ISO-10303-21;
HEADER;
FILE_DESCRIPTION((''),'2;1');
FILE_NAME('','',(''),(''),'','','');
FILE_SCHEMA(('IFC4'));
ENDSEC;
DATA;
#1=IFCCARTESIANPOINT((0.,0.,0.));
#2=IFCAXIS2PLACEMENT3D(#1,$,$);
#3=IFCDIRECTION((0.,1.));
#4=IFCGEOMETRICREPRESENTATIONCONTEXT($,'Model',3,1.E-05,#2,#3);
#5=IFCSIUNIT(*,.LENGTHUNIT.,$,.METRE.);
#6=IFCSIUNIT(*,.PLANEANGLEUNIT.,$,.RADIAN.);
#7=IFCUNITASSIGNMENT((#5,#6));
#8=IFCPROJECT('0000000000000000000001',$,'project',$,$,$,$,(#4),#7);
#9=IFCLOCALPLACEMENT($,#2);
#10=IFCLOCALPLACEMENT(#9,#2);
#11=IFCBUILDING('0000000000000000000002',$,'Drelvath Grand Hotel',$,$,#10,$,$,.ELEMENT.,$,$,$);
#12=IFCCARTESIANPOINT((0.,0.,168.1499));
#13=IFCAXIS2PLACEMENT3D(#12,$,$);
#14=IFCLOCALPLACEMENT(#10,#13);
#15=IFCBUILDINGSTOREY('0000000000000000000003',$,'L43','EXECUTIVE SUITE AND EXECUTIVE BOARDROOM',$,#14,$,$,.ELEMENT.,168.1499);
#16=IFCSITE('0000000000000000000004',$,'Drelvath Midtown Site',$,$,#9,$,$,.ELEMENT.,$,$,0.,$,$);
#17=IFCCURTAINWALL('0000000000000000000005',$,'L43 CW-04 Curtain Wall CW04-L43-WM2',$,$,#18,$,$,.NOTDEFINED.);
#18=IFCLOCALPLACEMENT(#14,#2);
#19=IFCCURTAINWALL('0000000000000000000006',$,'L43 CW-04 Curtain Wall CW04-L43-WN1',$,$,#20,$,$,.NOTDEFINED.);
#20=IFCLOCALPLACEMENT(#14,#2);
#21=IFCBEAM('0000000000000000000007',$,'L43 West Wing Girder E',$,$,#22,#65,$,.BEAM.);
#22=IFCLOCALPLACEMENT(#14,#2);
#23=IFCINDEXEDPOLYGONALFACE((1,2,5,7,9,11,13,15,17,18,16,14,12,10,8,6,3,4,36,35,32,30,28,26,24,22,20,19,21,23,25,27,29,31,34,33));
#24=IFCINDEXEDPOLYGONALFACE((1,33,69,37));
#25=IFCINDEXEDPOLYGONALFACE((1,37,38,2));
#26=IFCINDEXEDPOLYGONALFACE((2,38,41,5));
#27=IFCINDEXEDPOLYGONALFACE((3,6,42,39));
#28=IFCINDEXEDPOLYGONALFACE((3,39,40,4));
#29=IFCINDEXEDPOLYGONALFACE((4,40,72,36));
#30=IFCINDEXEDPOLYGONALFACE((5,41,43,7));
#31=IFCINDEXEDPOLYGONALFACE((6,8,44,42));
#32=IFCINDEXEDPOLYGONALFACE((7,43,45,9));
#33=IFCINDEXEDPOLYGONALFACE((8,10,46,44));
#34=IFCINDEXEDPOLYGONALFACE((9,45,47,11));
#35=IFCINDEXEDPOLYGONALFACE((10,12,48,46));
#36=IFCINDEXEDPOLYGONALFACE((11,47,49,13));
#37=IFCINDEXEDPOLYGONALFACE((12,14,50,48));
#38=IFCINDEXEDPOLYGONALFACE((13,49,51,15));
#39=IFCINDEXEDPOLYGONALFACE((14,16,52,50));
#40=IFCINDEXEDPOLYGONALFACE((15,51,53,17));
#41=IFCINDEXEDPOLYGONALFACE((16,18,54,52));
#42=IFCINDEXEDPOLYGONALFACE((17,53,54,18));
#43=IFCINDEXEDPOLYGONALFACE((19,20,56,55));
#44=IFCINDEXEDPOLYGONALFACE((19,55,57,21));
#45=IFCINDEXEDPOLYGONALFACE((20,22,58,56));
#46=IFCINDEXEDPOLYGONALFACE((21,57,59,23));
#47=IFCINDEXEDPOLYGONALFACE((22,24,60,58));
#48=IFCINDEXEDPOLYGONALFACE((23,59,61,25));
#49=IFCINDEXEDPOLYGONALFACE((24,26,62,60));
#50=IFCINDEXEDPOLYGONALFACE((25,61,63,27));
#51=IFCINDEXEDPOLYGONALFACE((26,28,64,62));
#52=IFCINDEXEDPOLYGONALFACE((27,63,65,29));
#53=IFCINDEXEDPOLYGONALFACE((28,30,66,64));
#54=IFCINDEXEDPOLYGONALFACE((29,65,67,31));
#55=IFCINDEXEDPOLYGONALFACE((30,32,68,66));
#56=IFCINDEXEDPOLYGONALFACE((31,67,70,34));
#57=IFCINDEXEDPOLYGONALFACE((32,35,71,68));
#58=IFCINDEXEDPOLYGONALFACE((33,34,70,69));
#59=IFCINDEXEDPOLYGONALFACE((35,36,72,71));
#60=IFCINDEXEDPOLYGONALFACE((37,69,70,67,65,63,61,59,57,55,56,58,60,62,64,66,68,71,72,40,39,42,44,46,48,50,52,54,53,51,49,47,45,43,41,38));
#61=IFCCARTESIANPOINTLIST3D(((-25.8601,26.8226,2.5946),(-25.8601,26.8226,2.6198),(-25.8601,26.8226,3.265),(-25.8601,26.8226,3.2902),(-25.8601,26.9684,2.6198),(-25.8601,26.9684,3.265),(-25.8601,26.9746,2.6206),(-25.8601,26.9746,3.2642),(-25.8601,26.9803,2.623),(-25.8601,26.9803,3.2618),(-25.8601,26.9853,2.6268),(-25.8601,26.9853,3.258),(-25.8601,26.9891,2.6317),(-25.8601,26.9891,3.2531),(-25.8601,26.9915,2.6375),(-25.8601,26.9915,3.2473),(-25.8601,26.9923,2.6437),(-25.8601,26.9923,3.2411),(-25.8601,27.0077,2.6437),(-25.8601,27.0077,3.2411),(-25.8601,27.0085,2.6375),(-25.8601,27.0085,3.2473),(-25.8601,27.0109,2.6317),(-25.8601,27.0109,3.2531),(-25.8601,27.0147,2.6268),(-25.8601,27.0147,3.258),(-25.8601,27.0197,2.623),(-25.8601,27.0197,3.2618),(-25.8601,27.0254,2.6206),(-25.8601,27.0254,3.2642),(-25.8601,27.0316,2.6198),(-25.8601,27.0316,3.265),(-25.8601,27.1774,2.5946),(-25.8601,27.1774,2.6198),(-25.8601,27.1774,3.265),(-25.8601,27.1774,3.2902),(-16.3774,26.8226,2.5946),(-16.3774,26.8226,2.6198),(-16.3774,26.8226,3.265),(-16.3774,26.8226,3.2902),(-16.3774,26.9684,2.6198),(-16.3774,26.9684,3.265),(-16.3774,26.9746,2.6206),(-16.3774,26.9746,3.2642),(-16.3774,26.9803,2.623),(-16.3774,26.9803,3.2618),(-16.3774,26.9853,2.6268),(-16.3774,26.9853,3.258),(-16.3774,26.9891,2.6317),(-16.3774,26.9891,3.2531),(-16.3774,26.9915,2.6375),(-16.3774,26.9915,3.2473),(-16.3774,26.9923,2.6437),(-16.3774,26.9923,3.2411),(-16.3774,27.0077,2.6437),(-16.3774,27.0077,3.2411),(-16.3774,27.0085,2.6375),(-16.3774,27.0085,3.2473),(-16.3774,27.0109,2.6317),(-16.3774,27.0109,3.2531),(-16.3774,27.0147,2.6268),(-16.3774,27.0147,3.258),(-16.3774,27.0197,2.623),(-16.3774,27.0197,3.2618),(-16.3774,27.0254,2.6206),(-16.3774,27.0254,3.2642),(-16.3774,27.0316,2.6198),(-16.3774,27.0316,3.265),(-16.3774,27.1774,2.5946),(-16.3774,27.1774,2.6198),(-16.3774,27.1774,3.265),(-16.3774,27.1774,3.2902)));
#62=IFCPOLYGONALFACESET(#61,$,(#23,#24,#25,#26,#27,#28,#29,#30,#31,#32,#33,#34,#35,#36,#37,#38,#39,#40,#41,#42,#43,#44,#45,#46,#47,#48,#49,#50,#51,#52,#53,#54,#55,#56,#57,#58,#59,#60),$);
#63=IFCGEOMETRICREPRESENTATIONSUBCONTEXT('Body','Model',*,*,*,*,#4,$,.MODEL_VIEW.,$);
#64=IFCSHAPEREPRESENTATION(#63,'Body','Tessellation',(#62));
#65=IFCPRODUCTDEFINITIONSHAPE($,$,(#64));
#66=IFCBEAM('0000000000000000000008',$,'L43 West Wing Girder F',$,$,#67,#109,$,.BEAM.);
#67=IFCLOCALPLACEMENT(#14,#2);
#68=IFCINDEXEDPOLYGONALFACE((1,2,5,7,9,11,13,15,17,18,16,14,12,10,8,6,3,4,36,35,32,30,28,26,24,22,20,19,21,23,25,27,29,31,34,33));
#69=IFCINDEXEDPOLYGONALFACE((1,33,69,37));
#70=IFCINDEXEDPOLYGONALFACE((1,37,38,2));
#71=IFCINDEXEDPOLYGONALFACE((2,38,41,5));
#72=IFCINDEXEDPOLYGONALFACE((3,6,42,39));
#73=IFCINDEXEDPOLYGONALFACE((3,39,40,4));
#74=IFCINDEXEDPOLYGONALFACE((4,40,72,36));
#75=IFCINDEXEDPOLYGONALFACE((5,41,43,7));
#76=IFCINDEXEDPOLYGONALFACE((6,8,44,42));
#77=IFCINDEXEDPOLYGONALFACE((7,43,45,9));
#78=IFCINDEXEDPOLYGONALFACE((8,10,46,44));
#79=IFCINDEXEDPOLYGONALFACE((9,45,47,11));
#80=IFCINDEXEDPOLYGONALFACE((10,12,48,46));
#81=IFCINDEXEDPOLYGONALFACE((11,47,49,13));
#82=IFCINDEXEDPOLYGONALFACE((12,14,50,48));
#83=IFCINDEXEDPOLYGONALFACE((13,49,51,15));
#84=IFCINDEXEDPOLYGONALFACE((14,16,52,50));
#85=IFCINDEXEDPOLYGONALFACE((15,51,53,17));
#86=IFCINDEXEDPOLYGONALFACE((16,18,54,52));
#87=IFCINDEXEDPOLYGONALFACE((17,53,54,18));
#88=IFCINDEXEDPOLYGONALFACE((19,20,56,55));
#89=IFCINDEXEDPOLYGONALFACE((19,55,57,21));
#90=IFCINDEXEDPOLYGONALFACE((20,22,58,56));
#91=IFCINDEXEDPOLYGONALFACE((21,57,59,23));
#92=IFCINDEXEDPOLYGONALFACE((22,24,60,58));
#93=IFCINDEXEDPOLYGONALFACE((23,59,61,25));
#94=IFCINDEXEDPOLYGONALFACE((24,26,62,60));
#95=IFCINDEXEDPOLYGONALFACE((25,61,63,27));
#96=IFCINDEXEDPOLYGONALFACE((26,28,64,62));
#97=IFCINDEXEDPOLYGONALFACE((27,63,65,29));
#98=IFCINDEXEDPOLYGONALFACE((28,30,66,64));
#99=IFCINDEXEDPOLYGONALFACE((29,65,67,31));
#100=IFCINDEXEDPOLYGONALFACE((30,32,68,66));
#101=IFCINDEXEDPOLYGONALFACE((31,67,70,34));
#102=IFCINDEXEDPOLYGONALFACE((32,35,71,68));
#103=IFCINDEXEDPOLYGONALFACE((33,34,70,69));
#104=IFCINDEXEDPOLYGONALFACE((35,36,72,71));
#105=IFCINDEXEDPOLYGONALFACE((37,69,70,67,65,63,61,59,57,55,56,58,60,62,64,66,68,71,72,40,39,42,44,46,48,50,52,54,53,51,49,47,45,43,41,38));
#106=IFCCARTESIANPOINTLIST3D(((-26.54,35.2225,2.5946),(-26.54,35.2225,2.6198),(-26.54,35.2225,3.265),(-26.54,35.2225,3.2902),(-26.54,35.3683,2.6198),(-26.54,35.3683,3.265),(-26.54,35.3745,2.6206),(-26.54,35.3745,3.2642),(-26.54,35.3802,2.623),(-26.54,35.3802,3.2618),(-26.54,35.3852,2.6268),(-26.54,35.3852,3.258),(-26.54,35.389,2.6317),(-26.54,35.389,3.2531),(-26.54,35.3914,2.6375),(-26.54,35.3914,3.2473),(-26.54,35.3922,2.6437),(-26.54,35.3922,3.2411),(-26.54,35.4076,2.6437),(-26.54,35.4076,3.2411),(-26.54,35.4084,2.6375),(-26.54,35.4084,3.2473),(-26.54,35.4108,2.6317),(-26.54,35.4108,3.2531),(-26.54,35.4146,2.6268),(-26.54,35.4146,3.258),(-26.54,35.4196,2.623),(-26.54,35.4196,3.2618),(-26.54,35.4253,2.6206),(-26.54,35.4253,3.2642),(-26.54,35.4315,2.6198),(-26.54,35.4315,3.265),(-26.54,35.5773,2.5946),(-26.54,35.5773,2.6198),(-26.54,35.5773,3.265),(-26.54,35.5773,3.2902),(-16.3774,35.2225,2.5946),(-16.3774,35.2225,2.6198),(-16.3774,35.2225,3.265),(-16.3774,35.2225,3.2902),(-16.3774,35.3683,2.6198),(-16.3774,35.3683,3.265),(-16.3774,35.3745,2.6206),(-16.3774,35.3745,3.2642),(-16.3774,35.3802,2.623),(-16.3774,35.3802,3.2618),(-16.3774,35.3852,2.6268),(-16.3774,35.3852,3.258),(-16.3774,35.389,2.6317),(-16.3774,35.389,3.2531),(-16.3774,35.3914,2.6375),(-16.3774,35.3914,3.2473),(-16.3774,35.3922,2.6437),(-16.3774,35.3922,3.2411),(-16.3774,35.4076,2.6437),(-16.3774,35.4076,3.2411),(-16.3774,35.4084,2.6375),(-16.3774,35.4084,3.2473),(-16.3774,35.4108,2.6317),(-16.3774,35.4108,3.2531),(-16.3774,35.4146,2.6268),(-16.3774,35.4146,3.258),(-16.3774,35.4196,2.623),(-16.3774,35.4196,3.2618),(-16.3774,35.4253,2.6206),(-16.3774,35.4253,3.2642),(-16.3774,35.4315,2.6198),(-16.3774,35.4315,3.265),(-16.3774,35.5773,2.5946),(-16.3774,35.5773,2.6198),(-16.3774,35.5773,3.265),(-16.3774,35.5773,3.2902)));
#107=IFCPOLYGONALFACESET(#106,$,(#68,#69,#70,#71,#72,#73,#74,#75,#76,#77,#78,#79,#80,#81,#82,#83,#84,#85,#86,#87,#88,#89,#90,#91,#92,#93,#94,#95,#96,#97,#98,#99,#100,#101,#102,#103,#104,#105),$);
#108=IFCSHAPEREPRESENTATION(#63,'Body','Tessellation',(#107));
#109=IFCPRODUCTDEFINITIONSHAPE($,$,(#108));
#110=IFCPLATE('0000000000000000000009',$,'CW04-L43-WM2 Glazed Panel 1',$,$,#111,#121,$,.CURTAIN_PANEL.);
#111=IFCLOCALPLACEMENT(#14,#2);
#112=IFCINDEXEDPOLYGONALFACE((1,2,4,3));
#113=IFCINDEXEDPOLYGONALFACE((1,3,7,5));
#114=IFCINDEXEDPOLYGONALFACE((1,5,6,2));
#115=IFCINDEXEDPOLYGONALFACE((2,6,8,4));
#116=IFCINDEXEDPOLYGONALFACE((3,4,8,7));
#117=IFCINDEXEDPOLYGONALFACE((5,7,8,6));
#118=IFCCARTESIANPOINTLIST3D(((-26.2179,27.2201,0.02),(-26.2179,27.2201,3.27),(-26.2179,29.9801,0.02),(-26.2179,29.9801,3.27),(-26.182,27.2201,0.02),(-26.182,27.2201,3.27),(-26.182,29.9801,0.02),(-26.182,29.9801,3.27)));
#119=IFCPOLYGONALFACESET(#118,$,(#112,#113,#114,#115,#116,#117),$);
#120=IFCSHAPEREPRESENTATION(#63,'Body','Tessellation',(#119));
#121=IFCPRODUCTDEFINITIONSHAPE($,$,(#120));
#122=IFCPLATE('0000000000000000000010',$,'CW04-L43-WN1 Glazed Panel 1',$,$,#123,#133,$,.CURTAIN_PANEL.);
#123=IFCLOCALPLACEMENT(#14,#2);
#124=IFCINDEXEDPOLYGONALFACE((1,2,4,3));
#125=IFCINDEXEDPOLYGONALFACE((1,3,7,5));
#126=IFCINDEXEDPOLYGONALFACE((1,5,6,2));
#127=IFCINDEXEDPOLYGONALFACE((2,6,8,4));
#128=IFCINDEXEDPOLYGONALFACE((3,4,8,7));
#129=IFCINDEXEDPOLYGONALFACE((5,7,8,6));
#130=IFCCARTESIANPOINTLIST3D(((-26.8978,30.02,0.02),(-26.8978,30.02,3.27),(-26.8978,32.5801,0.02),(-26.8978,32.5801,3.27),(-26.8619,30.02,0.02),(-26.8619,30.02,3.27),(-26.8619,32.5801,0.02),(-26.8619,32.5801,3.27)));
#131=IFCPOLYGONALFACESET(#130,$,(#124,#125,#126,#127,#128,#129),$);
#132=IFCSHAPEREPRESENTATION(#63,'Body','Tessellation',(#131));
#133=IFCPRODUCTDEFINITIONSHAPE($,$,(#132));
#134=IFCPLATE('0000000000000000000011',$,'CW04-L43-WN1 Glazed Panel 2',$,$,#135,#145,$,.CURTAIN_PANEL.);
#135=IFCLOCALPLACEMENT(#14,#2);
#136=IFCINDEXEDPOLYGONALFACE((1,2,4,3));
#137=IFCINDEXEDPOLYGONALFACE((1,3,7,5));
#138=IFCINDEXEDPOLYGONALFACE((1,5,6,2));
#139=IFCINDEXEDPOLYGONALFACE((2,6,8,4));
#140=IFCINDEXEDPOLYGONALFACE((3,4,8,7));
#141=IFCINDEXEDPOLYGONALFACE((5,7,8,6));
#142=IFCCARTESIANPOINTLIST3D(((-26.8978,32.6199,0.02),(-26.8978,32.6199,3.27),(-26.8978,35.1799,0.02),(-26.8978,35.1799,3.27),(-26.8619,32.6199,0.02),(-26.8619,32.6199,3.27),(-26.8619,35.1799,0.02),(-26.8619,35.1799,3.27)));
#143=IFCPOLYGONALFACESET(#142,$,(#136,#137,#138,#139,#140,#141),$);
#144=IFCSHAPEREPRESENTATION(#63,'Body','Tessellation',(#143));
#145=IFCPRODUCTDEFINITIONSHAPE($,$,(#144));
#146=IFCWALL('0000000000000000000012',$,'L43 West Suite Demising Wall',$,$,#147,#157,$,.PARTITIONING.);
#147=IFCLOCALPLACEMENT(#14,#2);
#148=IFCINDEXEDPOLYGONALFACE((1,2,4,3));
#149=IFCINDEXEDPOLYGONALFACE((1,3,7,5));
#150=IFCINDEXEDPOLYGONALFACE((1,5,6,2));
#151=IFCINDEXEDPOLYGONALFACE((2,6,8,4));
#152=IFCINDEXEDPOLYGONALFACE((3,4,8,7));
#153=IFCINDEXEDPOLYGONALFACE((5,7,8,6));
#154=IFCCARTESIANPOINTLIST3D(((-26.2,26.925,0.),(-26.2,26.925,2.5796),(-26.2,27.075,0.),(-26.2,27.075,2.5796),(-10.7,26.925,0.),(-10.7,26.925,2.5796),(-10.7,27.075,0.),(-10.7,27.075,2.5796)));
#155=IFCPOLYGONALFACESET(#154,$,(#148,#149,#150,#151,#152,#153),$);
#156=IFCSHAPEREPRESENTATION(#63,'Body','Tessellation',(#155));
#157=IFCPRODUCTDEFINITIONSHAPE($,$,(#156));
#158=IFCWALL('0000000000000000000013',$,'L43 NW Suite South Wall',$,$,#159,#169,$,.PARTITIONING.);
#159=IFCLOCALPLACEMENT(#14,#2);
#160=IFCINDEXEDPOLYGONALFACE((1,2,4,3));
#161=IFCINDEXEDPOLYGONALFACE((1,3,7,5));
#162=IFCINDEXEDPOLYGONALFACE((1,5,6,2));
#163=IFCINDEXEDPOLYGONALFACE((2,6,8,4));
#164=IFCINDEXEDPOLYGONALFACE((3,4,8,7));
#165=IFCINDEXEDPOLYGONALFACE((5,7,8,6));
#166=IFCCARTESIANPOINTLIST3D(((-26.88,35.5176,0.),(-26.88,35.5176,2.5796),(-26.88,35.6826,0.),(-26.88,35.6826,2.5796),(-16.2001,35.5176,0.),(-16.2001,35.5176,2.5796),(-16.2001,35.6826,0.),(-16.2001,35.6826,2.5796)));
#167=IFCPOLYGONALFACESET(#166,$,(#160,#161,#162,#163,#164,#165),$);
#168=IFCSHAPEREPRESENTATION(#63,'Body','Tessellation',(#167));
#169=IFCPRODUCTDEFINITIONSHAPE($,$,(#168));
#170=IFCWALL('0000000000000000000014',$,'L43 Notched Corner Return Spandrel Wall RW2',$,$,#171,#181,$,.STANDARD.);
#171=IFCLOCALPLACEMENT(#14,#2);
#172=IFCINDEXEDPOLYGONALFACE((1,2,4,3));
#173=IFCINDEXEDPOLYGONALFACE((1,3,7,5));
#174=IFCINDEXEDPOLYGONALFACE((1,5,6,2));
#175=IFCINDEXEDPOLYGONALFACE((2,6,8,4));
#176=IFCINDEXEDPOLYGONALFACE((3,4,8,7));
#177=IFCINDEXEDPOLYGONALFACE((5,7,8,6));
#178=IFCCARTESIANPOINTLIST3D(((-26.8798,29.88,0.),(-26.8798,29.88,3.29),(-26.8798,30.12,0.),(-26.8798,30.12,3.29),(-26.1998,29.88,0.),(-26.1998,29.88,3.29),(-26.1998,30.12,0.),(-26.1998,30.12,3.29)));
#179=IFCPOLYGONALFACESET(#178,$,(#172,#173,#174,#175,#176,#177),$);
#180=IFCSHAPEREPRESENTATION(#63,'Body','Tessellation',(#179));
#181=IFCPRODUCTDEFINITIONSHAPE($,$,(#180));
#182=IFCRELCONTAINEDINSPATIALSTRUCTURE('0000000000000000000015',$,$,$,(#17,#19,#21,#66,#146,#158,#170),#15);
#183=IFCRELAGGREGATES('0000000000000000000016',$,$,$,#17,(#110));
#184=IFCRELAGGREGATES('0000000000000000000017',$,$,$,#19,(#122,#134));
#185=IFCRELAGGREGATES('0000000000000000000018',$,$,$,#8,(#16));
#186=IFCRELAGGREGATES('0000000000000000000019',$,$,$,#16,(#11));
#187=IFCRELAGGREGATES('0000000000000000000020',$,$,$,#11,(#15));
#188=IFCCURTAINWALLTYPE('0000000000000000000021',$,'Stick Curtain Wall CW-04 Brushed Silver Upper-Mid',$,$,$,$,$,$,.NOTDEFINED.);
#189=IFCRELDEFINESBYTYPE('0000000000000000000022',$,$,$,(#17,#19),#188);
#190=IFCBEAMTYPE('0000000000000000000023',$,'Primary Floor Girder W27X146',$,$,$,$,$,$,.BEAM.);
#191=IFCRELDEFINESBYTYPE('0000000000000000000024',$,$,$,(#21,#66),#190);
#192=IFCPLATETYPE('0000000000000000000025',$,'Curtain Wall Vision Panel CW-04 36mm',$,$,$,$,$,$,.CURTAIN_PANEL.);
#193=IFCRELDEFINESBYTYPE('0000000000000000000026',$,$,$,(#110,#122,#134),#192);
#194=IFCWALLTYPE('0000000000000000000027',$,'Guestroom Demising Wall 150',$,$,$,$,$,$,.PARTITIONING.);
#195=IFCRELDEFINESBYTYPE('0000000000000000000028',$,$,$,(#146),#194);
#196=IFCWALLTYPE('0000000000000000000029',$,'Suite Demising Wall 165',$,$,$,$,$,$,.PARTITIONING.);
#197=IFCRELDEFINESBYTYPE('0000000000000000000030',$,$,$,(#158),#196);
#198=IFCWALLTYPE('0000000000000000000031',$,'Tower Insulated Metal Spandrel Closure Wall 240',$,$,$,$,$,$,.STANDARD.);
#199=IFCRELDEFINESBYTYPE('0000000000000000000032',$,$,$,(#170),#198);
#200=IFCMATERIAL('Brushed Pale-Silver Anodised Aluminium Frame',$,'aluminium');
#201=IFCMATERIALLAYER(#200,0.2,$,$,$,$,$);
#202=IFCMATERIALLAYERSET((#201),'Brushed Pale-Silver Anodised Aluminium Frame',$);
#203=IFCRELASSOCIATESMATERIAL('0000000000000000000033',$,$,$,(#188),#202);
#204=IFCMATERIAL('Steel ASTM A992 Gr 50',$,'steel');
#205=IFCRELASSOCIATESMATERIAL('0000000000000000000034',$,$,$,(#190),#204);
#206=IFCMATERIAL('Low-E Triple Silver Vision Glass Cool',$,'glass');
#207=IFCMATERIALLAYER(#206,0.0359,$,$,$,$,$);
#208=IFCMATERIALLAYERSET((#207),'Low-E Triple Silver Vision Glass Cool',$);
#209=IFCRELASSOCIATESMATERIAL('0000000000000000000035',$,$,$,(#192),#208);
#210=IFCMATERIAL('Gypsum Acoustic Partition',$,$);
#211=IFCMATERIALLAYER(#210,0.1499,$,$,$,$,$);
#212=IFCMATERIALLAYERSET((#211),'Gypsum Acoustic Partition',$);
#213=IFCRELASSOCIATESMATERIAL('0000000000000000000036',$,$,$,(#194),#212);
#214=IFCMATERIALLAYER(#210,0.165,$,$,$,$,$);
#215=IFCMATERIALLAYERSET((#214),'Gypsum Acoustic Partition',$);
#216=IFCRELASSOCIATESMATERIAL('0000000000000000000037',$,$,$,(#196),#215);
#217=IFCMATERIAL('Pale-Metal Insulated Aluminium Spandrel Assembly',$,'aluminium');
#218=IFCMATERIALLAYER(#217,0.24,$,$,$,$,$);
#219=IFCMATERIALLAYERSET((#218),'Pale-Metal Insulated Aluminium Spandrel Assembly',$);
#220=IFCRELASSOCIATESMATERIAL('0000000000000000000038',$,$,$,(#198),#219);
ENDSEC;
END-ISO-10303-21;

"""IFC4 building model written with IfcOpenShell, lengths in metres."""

from ifc_helpers import new_model, si_unit, direction, frame, frame_2d, origin, origin_2d, place, context, subcontext, project, spatial, rectangle, i_section, extrude, material, layer, layer_set, material_profile, profile_set, type_object, element, aggregate, save


model = new_model("IFC4")

# Units and contexts
model_context = context("Model", 3, precision=1e-05, world=origin(), true_north=direction((0.0, 1.0)))
body_context = subcontext(model_context, "Body", "Model", "MODEL_VIEW")
ifc_project = project(units=[si_unit("LENGTHUNIT", "METRE"), si_unit("PLANEANGLEUNIT", "RADIAN")], contexts=[model_context])

# Site, building, storey
site_placement = place(None, origin())
site = spatial("IfcSite", under=ifc_project, at=site_placement, Name="Drelvath Midtown Site", CompositionType="ELEMENT", RefElevation=0.0)
building_placement = place(site_placement, origin())
building = spatial("IfcBuilding", under=site, at=building_placement, Name="Drelvath Grand Hotel", CompositionType="ELEMENT")
storey_placement = place(building_placement, frame((0.0, 0.0, 168.1499)))
storey = spatial("IfcBuildingStorey", under=building, at=storey_placement, Name="L43", Description="EXECUTIVE SUITE AND EXECUTIVE BOARDROOM", CompositionType="ELEMENT", Elevation=168.1499)

# Curtain walls
ifc_material_1 = material(Name="Brushed Pale-Silver Anodised Aluminium Frame", Category="aluminium")
ifc_layer_1 = layer(ifc_material_1, 0.2)
ifc_layer_set_1 = layer_set([ifc_layer_1], Name="Brushed Pale-Silver Anodised Aluminium Frame")
curtain_wall_type = type_object("IfcCurtainWallType", Name="Stick Curtain Wall CW-04 Brushed Silver Upper-Mid", PredefinedType="NOTDEFINED", material=ifc_layer_set_1)
curtain_wall_1_placement = place(storey_placement, origin())
curtain_wall_1 = element("IfcCurtainWall", 1, at=curtain_wall_1_placement, inside=storey, type_object=curtain_wall_type, Name="L43 CW-04 Curtain Wall CW04-L43-WM2", PredefinedType="NOTDEFINED")
curtain_wall_2_placement = place(storey_placement, origin())
curtain_wall_2 = element("IfcCurtainWall", 2, at=curtain_wall_2_placement, inside=storey, type_object=curtain_wall_type, Name="L43 CW-04 Curtain Wall CW04-L43-WN1", PredefinedType="NOTDEFINED")

# Beams
ifc_material_2 = material(Name="Steel ASTM A992 Gr 50", Category="steel")
ifc_material_profile_1 = material_profile(ifc_material_2, i_section(OverallWidth=0.3547, OverallDepth=0.6956, WebThickness=0.0154, FlangeThickness=0.0251, FilletRadius=0.0239, at=origin_2d()), Name="W27X146")
ifc_profile_set_1 = profile_set([ifc_material_profile_1], Name="Steel ASTM A992 Gr 50")
beam_type_1 = type_object("IfcBeamType", Name="Primary Floor Girder W27X146", PredefinedType="BEAM", material=ifc_profile_set_1)
beam_1_placement = place(storey_placement, frame((-25.8601, 27.0, 2.9424), z_axis=(1.0, 0.0, 0.0), x_axis=(0.0, 1.0, 0.0)))
element("IfcBeam", 3, at=beam_1_placement, inside=storey, type_object=beam_type_1, Name="L43 West Wing Girder E", PredefinedType="BEAM", context=body_context, shape_type="SweptSolid", body=[
    extrude(i_section(OverallWidth=0.3547, OverallDepth=0.6956, WebThickness=0.0154, FlangeThickness=0.0251, FilletRadius=0.0239, at=origin_2d()), origin(), (0.0, 0.0, 1.0), 9.4827),
])
beam_2_placement = place(storey_placement, frame((-26.54, 35.3999, 2.9424), z_axis=(1.0, 0.0, 0.0), x_axis=(0.0, 1.0, 0.0)))
element("IfcBeam", 4, at=beam_2_placement, inside=storey, type_object=beam_type_1, Name="L43 West Wing Girder F", PredefinedType="BEAM", context=body_context, shape_type="SweptSolid", body=[
    extrude(i_section(OverallWidth=0.3547, OverallDepth=0.6956, WebThickness=0.0154, FlangeThickness=0.0251, FilletRadius=0.0239, at=origin_2d()), origin(), (0.0, 0.0, 1.0), 10.1626),
])

# Plates
ifc_material_3 = material(Name="Low-E Triple Silver Vision Glass Cool", Category="glass")
ifc_layer_2 = layer(ifc_material_3, 0.0359)
ifc_layer_set_2 = layer_set([ifc_layer_2], Name="Low-E Triple Silver Vision Glass Cool")
plate_type = type_object("IfcPlateType", Name="Curtain Wall Vision Panel CW-04 36mm", PredefinedType="CURTAIN_PANEL", material=ifc_layer_set_2)
plate_1_placement = place(storey_placement, frame((-26.2, 28.6001, 0.02), z_axis=(0.0, 0.0, 1.0), x_axis=(0.0, 1.0, 0.0)))
plate_1 = element("IfcPlate", 5, at=plate_1_placement, type_object=plate_type, Name="CW04-L43-WM2 Glazed Panel 1", PredefinedType="CURTAIN_PANEL", context=body_context, shape_type="SweptSolid", body=[
    extrude(rectangle(XDim=2.76, YDim=0.0359, at=origin_2d()), origin(), (0.0, 0.0, 1.0), 3.25),
])
aggregate(curtain_wall_1, [plate_1])
plate_2_placement = place(storey_placement, frame((-26.8799, 31.3, 0.02), z_axis=(0.0, 0.0, 1.0), x_axis=(0.0, 1.0, 0.0)))
plate_2 = element("IfcPlate", 6, at=plate_2_placement, type_object=plate_type, Name="CW04-L43-WN1 Glazed Panel 1", PredefinedType="CURTAIN_PANEL", context=body_context, shape_type="SweptSolid", body=[
    extrude(rectangle(XDim=2.5601, YDim=0.0359, at=origin_2d()), origin(), (0.0, 0.0, 1.0), 3.25),
])
plate_3_placement = place(storey_placement, frame((-26.8799, 33.8999, 0.02), z_axis=(0.0, 0.0, 1.0), x_axis=(0.0, 1.0, 0.0)))
plate_3 = element("IfcPlate", 7, at=plate_3_placement, type_object=plate_type, Name="CW04-L43-WN1 Glazed Panel 2", PredefinedType="CURTAIN_PANEL", context=body_context, shape_type="SweptSolid", body=[
    extrude(rectangle(XDim=2.5601, YDim=0.0359, at=origin_2d()), origin(), (0.0, 0.0, 1.0), 3.25),
])
aggregate(curtain_wall_2, [plate_2, plate_3])

# Walls
ifc_material_4 = material(Name="Gypsum Acoustic Partition")
ifc_layer_3 = layer(ifc_material_4, 0.1499)
ifc_layer_set_3 = layer_set([ifc_layer_3], Name="Gypsum Acoustic Partition")
wall_type_1 = type_object("IfcWallType", Name="Guestroom Demising Wall 150", PredefinedType="PARTITIONING", material=ifc_layer_set_3)
wall_1_placement = place(storey_placement, frame((-26.2, 27.0, 0.0), z_axis=(0.0, 0.0, 1.0), x_axis=(1.0, 0.0, 0.0)))
element("IfcWall", 8, at=wall_1_placement, inside=storey, type_object=wall_type_1, Name="L43 West Suite Demising Wall", PredefinedType="PARTITIONING", context=body_context, shape_type="SweptSolid", body=[
    extrude(rectangle(XDim=15.5, YDim=0.1499, at=frame_2d((7.75, 0.0))), origin(), (0.0, 0.0, 1.0), 2.5796),
])
ifc_layer_4 = layer(ifc_material_4, 0.165)
ifc_layer_set_4 = layer_set([ifc_layer_4], Name="Gypsum Acoustic Partition")
wall_type_2 = type_object("IfcWallType", Name="Suite Demising Wall 165", PredefinedType="PARTITIONING", material=ifc_layer_set_4)
wall_2_placement = place(storey_placement, frame((-26.8799, 35.6001, 0.0), z_axis=(0.0, 0.0, 1.0), x_axis=(1.0, 0.0, 0.0)))
element("IfcWall", 9, at=wall_2_placement, inside=storey, type_object=wall_type_2, Name="L43 NW Suite South Wall", PredefinedType="PARTITIONING", context=body_context, shape_type="SweptSolid", body=[
    extrude(rectangle(XDim=10.6799, YDim=0.165, at=frame_2d((5.3398, 0.0))), origin(), (0.0, 0.0, 1.0), 2.5796),
])
ifc_material_5 = material(Name="Pale-Metal Insulated Aluminium Spandrel Assembly", Category="aluminium")
ifc_layer_5 = layer(ifc_material_5, 0.24)
ifc_layer_set_5 = layer_set([ifc_layer_5], Name="Pale-Metal Insulated Aluminium Spandrel Assembly")
wall_type_3 = type_object("IfcWallType", Name="Tower Insulated Metal Spandrel Closure Wall 240", PredefinedType="STANDARD", material=ifc_layer_set_5)
wall_3_placement = place(storey_placement, frame((-26.2, 30.0, 0.0), z_axis=(0.0, 0.0, 1.0), x_axis=(-1.0, 0.0, 0.0)))
element("IfcWall", 10, at=wall_3_placement, inside=storey, type_object=wall_type_3, Name="L43 Notched Corner Return Spandrel Wall RW2", PredefinedType="STANDARD", context=body_context, shape_type="SweptSolid", body=[
    extrude(rectangle(XDim=0.6799, YDim=0.24, at=frame_2d((0.3398, 0.0))), origin(), (0.0, 0.0, 1.0), 3.29),
])

save(model, "model.ifc")
